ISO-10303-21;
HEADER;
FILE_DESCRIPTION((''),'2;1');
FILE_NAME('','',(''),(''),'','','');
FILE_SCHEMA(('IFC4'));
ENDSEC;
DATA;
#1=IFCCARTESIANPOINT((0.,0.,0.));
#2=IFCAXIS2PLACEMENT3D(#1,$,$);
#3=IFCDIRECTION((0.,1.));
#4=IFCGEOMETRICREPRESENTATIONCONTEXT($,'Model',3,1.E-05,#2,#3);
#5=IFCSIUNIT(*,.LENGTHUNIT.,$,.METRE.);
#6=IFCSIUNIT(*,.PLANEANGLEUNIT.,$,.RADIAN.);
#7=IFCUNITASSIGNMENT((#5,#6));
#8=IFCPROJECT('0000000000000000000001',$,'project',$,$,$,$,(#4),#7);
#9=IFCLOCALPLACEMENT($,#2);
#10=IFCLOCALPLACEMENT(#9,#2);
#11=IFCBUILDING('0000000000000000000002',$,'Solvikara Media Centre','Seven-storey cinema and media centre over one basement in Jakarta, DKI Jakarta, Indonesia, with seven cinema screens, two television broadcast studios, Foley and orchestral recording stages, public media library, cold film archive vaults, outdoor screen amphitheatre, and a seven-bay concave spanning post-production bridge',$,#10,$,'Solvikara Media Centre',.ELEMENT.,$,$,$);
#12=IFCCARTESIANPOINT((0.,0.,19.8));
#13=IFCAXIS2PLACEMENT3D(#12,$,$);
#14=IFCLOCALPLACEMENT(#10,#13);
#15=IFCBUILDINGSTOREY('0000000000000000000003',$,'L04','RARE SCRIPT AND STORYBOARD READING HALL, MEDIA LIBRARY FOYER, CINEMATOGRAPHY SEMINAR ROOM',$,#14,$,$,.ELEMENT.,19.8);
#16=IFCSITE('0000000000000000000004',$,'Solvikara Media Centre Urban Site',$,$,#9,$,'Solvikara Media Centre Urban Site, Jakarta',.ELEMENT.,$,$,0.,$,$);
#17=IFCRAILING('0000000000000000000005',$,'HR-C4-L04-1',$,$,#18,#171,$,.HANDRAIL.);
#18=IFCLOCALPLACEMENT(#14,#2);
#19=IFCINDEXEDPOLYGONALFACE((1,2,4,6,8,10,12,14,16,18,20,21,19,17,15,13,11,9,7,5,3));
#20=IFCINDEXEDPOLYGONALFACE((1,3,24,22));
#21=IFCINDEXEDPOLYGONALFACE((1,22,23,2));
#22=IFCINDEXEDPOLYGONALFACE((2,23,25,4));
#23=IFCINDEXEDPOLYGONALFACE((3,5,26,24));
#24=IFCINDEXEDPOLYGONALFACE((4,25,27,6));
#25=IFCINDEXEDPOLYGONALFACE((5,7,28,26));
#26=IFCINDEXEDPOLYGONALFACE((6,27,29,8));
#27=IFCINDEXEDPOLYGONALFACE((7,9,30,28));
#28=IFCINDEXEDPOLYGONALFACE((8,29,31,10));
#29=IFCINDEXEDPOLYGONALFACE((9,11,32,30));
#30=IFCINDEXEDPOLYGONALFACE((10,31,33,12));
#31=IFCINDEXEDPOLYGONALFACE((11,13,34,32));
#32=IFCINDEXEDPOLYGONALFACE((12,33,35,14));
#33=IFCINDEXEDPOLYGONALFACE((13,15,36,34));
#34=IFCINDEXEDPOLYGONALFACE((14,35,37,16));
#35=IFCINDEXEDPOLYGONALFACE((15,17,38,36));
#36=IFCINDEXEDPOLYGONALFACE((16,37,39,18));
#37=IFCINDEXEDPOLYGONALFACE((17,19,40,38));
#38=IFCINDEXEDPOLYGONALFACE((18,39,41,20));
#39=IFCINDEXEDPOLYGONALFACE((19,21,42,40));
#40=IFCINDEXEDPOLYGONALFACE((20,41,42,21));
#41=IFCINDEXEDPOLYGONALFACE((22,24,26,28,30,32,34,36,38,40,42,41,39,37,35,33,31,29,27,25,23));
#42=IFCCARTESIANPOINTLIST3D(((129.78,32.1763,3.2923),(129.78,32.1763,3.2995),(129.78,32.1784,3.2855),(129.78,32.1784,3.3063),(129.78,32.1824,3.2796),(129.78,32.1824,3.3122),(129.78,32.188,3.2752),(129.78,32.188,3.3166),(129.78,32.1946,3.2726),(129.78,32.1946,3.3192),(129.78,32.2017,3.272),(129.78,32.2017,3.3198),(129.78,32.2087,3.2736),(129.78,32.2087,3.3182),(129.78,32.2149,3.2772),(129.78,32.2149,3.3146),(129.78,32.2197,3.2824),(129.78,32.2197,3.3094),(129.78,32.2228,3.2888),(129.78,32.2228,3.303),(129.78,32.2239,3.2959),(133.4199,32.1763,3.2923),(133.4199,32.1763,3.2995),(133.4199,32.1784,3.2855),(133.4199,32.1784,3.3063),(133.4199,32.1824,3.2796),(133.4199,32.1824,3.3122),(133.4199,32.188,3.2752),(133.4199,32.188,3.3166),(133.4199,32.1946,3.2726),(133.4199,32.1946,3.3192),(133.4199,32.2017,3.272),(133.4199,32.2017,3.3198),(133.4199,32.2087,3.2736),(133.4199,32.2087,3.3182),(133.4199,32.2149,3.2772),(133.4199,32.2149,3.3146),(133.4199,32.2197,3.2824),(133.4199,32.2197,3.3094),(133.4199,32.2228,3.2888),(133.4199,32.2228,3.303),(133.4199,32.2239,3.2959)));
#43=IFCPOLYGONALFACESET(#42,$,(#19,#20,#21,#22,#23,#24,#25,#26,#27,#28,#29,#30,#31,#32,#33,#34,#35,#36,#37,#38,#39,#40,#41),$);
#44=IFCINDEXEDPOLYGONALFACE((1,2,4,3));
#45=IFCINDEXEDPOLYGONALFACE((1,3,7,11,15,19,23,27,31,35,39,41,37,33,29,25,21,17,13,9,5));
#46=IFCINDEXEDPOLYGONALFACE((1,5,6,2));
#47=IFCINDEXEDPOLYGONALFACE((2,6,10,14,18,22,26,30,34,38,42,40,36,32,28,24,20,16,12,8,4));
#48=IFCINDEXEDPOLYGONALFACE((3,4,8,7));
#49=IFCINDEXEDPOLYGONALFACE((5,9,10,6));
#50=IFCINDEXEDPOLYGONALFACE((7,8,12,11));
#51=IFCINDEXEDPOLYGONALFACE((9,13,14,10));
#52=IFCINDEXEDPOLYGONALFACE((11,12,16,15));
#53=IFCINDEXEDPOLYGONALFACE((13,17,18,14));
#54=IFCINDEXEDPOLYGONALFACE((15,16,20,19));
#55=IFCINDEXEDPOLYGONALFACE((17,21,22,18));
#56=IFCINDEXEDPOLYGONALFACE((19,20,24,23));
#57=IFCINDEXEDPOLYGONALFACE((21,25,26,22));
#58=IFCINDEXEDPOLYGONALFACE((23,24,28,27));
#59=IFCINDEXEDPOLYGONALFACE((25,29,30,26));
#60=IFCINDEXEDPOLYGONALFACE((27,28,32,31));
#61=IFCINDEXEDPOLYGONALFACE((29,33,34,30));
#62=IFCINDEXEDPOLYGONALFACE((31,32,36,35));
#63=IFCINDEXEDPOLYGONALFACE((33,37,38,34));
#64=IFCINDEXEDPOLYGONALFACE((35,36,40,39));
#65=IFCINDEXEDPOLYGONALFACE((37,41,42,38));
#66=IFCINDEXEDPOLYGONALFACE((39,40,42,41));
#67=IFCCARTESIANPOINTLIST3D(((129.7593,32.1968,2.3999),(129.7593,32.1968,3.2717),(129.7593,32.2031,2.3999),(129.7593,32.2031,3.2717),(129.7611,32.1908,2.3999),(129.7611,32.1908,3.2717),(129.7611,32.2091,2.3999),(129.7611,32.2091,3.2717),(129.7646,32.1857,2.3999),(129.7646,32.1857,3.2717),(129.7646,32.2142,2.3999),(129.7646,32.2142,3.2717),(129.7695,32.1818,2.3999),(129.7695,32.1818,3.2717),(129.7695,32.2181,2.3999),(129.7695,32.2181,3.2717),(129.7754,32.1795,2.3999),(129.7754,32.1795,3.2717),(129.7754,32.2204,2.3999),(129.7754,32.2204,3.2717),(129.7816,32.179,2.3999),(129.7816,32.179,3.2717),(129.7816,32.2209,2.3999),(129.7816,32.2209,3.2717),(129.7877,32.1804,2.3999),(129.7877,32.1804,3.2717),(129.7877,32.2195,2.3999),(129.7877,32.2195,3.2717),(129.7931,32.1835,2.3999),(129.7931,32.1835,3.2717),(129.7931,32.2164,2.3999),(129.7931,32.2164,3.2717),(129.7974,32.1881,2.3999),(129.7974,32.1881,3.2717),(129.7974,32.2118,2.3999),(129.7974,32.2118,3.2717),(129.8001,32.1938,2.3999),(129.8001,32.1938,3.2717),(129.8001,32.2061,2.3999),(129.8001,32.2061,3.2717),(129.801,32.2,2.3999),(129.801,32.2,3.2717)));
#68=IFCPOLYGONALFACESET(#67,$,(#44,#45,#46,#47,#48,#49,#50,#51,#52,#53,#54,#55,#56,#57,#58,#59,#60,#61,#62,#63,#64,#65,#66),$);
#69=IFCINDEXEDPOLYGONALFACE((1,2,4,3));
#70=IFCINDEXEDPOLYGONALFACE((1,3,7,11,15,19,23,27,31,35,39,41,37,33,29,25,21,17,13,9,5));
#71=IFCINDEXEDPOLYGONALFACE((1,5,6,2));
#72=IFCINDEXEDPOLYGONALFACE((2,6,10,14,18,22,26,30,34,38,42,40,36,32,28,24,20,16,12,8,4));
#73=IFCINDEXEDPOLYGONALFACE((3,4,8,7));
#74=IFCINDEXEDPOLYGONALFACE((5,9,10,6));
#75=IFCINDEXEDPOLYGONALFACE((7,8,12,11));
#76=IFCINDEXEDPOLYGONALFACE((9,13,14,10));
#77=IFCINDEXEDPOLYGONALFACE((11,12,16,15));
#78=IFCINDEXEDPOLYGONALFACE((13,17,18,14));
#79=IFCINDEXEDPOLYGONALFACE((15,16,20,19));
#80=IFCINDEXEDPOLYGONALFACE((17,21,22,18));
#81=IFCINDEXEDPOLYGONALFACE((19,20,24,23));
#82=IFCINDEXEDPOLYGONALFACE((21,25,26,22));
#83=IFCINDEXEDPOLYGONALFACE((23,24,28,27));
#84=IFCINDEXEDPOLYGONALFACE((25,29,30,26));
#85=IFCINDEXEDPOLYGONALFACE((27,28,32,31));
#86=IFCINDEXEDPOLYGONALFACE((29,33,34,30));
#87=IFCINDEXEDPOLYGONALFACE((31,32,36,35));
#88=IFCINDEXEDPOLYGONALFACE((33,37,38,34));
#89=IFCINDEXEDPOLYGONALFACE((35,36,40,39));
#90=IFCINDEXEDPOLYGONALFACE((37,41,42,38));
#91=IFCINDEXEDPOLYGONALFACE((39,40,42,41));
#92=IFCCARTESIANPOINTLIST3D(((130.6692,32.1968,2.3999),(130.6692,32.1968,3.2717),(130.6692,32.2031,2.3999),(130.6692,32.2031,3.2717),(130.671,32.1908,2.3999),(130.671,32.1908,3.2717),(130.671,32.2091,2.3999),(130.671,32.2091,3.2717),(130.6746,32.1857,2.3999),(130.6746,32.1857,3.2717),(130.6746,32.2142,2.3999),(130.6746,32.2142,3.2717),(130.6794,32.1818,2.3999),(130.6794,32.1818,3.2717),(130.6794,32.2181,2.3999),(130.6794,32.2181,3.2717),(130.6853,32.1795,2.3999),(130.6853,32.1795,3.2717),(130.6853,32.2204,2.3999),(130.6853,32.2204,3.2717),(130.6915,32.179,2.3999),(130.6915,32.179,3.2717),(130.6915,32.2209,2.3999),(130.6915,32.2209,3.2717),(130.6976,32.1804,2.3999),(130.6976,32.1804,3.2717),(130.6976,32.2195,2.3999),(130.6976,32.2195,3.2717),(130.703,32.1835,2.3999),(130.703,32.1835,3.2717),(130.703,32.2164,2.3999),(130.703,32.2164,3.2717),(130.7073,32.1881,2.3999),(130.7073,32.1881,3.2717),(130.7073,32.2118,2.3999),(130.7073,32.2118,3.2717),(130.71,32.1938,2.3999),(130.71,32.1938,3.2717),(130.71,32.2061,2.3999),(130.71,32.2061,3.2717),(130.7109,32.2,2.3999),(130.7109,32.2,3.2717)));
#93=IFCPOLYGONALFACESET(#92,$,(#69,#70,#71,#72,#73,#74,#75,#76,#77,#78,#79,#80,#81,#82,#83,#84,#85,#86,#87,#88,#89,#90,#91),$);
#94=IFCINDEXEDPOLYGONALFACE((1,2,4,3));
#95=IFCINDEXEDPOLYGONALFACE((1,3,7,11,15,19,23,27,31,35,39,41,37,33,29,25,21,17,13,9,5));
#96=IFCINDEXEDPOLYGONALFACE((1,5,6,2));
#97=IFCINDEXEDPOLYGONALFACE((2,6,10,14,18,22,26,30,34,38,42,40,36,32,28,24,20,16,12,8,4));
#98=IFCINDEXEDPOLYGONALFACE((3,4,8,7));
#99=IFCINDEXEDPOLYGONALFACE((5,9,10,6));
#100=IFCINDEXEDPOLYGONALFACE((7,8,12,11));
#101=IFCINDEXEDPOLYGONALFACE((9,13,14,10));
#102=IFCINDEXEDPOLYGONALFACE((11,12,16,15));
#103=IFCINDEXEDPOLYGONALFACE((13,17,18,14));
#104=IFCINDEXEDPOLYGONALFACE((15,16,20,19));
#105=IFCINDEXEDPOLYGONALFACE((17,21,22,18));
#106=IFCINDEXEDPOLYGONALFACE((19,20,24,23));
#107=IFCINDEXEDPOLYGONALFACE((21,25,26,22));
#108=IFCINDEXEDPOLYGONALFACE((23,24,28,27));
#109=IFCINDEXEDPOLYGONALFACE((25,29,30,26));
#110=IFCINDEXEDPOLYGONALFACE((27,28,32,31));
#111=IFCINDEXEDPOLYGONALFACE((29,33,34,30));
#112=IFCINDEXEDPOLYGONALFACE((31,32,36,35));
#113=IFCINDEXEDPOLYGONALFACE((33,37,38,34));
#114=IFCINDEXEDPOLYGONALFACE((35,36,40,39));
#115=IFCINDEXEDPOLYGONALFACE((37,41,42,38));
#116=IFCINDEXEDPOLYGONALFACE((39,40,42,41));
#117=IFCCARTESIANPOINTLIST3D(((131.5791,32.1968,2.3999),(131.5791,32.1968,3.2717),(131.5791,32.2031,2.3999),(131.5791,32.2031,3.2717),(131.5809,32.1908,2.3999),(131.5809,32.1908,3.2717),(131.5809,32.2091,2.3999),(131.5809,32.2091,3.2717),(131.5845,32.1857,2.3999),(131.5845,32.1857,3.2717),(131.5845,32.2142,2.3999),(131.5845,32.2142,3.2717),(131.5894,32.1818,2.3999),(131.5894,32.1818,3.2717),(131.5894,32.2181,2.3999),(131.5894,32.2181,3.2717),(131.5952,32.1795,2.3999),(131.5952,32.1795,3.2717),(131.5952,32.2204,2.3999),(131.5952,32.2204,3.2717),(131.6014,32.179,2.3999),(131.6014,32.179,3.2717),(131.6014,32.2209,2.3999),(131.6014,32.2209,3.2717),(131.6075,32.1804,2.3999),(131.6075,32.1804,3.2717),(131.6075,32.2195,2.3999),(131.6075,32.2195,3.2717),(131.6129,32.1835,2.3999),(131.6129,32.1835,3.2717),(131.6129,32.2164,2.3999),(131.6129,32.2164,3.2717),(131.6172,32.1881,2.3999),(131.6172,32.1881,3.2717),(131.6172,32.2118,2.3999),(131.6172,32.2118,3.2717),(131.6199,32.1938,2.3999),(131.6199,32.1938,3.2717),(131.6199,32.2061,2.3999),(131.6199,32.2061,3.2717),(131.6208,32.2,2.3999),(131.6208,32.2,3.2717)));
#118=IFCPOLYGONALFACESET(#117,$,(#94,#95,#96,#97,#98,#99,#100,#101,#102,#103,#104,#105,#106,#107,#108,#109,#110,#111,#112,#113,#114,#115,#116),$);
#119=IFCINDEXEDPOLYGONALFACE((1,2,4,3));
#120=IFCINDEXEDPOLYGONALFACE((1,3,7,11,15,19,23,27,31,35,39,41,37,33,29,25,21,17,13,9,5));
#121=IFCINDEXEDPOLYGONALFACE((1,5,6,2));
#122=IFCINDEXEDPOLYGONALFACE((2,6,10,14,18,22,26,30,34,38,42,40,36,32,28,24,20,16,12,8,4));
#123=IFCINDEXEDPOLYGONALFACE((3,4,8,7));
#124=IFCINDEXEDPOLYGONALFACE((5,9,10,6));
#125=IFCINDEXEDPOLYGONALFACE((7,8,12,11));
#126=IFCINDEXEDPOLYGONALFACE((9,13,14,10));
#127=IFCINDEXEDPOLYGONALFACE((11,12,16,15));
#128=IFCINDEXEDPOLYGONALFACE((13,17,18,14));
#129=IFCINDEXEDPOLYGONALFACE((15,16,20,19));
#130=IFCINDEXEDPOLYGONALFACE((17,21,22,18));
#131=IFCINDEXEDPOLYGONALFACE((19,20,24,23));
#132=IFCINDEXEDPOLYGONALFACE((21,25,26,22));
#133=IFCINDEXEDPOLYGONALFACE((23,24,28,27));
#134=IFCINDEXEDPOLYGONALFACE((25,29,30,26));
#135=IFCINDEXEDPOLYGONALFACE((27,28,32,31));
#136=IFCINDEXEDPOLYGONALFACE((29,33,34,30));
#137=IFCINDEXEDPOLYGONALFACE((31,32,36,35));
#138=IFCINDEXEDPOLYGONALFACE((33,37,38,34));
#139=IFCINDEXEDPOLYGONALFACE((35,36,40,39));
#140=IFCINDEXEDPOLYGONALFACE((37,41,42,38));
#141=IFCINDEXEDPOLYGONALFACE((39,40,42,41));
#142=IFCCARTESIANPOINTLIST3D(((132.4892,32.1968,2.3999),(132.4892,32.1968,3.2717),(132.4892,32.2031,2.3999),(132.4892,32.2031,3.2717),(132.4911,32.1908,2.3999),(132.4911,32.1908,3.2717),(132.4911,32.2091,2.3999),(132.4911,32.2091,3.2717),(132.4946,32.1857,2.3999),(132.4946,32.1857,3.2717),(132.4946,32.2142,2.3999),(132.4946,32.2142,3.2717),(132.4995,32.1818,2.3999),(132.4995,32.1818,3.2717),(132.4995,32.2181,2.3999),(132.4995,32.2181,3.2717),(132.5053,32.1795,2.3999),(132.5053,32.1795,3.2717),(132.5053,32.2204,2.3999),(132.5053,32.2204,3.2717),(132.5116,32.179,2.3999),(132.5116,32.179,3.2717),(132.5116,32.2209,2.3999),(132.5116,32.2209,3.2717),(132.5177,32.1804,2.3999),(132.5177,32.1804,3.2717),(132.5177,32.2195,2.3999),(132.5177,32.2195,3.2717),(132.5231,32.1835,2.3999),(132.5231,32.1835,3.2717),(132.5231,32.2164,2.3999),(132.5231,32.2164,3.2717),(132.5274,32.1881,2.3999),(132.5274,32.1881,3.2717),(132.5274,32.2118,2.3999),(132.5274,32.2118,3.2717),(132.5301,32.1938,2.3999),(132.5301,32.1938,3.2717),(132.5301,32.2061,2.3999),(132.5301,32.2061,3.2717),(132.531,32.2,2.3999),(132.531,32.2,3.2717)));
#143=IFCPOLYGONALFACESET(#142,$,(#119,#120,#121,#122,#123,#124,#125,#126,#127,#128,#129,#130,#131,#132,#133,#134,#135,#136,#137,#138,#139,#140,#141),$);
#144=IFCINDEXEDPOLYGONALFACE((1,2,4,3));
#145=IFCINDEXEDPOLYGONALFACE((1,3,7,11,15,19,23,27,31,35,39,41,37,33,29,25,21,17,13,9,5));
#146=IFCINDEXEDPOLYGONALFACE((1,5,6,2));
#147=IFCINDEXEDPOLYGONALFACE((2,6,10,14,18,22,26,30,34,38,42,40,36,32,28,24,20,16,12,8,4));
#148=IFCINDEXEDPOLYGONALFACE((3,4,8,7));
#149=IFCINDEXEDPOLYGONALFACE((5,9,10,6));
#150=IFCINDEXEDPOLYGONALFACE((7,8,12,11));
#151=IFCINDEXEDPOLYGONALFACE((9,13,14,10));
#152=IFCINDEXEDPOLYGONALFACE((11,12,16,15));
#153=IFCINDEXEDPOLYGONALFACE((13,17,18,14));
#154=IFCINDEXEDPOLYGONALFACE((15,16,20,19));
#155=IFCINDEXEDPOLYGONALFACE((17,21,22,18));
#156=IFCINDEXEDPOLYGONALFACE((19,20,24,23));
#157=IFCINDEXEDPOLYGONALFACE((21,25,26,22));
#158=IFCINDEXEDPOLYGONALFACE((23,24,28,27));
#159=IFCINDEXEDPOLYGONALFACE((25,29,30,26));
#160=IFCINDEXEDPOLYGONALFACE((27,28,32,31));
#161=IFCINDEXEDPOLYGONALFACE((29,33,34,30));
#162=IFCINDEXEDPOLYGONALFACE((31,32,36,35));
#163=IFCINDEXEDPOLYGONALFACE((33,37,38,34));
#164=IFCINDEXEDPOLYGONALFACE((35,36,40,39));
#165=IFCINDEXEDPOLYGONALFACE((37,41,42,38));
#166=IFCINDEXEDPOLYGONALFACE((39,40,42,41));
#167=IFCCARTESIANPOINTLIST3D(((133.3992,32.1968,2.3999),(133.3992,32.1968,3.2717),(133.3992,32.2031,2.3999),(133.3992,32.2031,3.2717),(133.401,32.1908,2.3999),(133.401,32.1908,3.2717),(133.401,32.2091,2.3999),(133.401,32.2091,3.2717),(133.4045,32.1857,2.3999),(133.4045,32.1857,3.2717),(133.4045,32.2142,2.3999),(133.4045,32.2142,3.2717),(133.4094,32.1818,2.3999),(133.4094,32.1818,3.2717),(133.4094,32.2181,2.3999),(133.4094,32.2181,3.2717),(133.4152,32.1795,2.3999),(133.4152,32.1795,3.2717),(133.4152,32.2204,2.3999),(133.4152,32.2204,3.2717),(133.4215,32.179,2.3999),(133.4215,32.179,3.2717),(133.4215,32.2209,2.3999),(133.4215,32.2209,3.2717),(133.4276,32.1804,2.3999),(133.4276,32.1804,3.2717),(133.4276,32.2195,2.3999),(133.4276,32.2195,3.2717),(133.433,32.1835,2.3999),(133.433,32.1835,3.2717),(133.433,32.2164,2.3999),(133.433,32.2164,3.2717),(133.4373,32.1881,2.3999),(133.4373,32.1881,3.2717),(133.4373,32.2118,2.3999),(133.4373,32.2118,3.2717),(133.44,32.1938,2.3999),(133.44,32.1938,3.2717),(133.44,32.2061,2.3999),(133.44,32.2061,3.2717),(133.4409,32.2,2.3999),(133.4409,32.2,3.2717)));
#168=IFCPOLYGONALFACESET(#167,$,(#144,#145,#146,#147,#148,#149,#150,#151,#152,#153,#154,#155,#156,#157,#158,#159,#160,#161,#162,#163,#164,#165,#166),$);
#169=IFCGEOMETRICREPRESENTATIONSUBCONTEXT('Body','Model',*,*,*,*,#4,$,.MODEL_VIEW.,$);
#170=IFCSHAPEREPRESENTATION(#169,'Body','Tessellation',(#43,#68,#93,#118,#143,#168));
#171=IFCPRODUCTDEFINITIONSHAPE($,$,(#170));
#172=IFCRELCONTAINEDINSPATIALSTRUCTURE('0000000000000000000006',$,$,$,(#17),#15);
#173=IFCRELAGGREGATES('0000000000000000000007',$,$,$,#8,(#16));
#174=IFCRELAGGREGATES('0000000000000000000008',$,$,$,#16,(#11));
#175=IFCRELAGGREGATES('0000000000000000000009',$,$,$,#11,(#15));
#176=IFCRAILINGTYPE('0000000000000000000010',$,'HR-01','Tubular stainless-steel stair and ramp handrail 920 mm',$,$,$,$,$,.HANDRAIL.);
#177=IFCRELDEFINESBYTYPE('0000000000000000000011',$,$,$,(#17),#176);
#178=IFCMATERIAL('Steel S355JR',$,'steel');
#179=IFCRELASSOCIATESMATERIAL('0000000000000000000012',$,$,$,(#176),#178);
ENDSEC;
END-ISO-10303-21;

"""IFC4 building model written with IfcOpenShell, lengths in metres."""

from ifc_helpers import new_model, si_unit, direction, frame, origin, origin_2d, place, context, subcontext, project, spatial, circle, extrude, material, type_object, element, save


model = new_model("IFC4")

# Units and contexts
model_context = context("Model", 3, precision=1e-05, world=origin(), true_north=direction((0.0, 1.0)))
body_context = subcontext(model_context, "Body", "Model", "MODEL_VIEW")
ifc_project = project(units=[si_unit("LENGTHUNIT", "METRE"), si_unit("PLANEANGLEUNIT", "RADIAN")], contexts=[model_context])

# Site, building, storey
site_placement = place(None, origin())
site = spatial("IfcSite", under=ifc_project, at=site_placement, Name="Solvikara Media Centre Urban Site", LongName="Solvikara Media Centre Urban Site, Jakarta", CompositionType="ELEMENT", RefElevation=0.0)
building_placement = place(site_placement, origin())
building = spatial("IfcBuilding", under=site, at=building_placement, Name="Solvikara Media Centre", Description="Seven-storey cinema and media centre over one basement in Jakarta, DKI Jakarta, Indonesia, with seven cinema screens, two television broadcast studios, Foley and orchestral recording stages, public media library, cold film archive vaults, outdoor screen amphitheatre, and a seven-bay concave spanning post-production bridge", LongName="Solvikara Media Centre", CompositionType="ELEMENT")
storey_placement = place(building_placement, frame((0.0, 0.0, 19.8)))
storey = spatial("IfcBuildingStorey", under=building, at=storey_placement, Name="L04", Description="RARE SCRIPT AND STORYBOARD READING HALL, MEDIA LIBRARY FOYER, CINEMATOGRAPHY SEMINAR ROOM", CompositionType="ELEMENT", Elevation=19.8)

# Shared definitions
ifc_material_1 = material(Name="Steel S355JR", Category="steel")

# Railing
railing_type_1 = type_object("IfcRailingType", Name="HR-01", Description="Tubular stainless-steel stair and ramp handrail 920 mm", PredefinedType="HANDRAIL", material=ifc_material_1)
railing_1_placement = place(storey_placement, frame((129.78, 32.2, 2.3999)))
element("IfcRailing", 1, at=railing_1_placement, inside=storey, type_object=railing_type_1, Name="HR-C4-L04-1", PredefinedType="HANDRAIL", context=body_context, shape_type="SweptSolid", body=[
    extrude(circle(Radius=0.0239, at=origin_2d()), frame((0.0, 0.0, 0.896), z_axis=(1.0, 0.0, 0.0), x_axis=(0.0, 1.0, 0.0)), (0.0, 0.0, 1.0), 3.6399),
    extrude(circle(Radius=0.021, at=origin_2d()), origin(), (0.0, 0.0, 1.0), 0.8718),
    extrude(circle(Radius=0.021, at=origin_2d()), frame((0.9099, 0.0, 0.0)), (0.0, 0.0, 1.0), 0.8718),
    extrude(circle(Radius=0.021, at=origin_2d()), frame((1.8198, 0.0, 0.0)), (0.0, 0.0, 1.0), 0.8718),
    extrude(circle(Radius=0.021, at=origin_2d()), frame((2.73, 0.0, 0.0)), (0.0, 0.0, 1.0), 0.8718),
    extrude(circle(Radius=0.021, at=origin_2d()), frame((3.6399, 0.0, 0.0)), (0.0, 0.0, 1.0), 0.8718),
])

save(model, "model.ifc")
